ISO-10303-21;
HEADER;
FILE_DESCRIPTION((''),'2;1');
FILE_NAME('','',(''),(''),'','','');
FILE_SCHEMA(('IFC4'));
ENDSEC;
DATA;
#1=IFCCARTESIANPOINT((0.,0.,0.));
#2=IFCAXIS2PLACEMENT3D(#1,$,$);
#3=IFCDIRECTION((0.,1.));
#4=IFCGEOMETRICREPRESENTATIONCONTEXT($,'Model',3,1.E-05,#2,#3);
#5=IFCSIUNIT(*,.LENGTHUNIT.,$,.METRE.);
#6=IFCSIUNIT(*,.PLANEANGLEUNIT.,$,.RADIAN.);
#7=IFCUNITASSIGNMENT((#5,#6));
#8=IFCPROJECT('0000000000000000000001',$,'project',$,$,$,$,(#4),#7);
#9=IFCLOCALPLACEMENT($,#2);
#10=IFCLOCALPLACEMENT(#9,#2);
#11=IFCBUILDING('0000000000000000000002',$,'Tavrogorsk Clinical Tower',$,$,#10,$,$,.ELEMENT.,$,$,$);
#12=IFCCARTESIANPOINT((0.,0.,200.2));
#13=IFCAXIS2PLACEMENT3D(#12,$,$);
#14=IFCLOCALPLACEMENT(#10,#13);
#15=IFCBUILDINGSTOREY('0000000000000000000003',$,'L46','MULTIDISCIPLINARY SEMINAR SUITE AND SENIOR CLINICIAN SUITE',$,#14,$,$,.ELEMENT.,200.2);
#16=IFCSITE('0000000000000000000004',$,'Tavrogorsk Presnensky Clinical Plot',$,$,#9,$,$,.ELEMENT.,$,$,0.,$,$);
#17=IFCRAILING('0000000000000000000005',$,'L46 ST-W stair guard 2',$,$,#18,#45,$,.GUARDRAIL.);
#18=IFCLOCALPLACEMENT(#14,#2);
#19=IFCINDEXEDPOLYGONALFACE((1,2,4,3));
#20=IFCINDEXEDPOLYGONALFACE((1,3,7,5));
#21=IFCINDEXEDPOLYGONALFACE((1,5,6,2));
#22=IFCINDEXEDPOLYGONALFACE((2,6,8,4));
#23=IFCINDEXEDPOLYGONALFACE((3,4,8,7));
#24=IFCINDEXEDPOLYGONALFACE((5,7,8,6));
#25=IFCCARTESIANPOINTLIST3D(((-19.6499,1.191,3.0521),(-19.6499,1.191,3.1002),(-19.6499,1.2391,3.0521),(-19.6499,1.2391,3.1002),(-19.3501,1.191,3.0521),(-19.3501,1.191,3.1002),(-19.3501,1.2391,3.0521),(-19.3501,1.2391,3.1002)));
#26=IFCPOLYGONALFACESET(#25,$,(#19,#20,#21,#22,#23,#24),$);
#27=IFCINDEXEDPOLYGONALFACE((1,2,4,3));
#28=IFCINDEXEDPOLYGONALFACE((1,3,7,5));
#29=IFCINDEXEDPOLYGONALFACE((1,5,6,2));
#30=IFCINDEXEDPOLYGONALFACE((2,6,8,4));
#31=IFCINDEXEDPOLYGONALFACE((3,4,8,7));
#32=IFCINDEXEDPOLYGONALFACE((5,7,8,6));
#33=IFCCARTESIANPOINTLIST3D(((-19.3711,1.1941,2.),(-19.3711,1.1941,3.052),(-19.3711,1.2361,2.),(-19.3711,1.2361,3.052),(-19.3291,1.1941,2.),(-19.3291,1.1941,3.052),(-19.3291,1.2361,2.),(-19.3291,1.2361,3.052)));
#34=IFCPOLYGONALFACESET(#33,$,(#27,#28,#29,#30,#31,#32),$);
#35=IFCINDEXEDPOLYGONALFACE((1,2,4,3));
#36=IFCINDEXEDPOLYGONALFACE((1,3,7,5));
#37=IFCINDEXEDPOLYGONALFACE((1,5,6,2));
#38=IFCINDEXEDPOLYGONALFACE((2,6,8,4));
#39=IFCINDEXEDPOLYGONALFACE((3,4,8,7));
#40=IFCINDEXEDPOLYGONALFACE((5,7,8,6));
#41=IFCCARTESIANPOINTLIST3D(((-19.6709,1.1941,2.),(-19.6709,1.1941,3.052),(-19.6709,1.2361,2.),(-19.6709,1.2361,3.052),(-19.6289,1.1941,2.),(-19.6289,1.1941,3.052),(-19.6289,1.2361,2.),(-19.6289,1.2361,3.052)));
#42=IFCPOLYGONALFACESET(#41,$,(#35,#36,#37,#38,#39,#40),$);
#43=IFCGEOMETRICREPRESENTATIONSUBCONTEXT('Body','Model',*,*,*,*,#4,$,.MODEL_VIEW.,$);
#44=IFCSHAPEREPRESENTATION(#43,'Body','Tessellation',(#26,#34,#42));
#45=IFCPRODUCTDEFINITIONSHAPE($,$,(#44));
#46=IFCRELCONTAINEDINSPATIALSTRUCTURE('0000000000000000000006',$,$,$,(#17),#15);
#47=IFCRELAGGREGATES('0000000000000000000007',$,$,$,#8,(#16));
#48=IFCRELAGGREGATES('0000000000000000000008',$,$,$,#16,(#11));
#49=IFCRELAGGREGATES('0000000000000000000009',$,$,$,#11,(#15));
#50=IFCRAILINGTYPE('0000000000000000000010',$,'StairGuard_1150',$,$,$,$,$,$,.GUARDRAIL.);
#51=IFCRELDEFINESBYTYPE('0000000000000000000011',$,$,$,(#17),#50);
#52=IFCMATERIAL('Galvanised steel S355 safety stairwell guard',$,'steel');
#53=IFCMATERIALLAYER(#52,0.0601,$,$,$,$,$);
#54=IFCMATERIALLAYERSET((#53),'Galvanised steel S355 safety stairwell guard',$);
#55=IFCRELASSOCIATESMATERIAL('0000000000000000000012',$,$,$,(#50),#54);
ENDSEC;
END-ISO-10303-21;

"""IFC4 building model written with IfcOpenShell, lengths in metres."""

from ifc_helpers import new_model, si_unit, direction, frame, origin, origin_2d, place, context, subcontext, project, spatial, rectangle, extrude, material, layer, layer_set, type_object, element, save


model = new_model("IFC4")

# Units and contexts
model_context = context("Model", 3, precision=1e-05, world=origin(), true_north=direction((0.0, 1.0)))
body_context = subcontext(model_context, "Body", "Model", "MODEL_VIEW")
ifc_project = project(units=[si_unit("LENGTHUNIT", "METRE"), si_unit("PLANEANGLEUNIT", "RADIAN")], contexts=[model_context])

# Site, building, storey
site_placement = place(None, origin())
site = spatial("IfcSite", under=ifc_project, at=site_placement, Name="Tavrogorsk Presnensky Clinical Plot", CompositionType="ELEMENT", RefElevation=0.0)
building_placement = place(site_placement, origin())
building = spatial("IfcBuilding", under=site, at=building_placement, Name="Tavrogorsk Clinical Tower", CompositionType="ELEMENT")
storey_placement = place(building_placement, frame((0.0, 0.0, 200.2)))
storey = spatial("IfcBuildingStorey", under=building, at=storey_placement, Name="L46", Description="MULTIDISCIPLINARY SEMINAR SUITE AND SENIOR CLINICIAN SUITE", CompositionType="ELEMENT", Elevation=200.2)

# Railing
ifc_material_1 = material(Name="Galvanised steel S355 safety stairwell guard", Category="steel")
ifc_layer_1 = layer(ifc_material_1, 0.0601)
ifc_layer_set_1 = layer_set([ifc_layer_1], Name="Galvanised steel S355 safety stairwell guard")
railing_type = type_object("IfcRailingType", Name="StairGuard_1150", PredefinedType="GUARDRAIL", material=ifc_layer_set_1)
railing_placement = place(storey_placement, frame((-19.3501, 1.2151, 2.0)))
element("IfcRailing", 1, at=railing_placement, inside=storey, type_object=railing_type, Name="L46 ST-W stair guard 2", PredefinedType="GUARDRAIL", context=body_context, shape_type="SweptSolid", body=[
    extrude(rectangle(XDim=0.0481, YDim=0.0481, at=origin_2d()), frame((0.0, 0.0, 1.0762), z_axis=(-1.0, 0.0, 0.0), x_axis=(0.0, -1.0, 0.0)), (0.0, 0.0, 1.0), 0.2998),
    extrude(rectangle(XDim=0.042, YDim=0.042, at=origin_2d()), origin(), (0.0, 0.0, 1.0), 1.052),
    extrude(rectangle(XDim=0.042, YDim=0.042, at=origin_2d()), frame((-0.2998, 0.0, 0.0)), (0.0, 0.0, 1.0), 1.052),
])

save(model, "model.ifc")
